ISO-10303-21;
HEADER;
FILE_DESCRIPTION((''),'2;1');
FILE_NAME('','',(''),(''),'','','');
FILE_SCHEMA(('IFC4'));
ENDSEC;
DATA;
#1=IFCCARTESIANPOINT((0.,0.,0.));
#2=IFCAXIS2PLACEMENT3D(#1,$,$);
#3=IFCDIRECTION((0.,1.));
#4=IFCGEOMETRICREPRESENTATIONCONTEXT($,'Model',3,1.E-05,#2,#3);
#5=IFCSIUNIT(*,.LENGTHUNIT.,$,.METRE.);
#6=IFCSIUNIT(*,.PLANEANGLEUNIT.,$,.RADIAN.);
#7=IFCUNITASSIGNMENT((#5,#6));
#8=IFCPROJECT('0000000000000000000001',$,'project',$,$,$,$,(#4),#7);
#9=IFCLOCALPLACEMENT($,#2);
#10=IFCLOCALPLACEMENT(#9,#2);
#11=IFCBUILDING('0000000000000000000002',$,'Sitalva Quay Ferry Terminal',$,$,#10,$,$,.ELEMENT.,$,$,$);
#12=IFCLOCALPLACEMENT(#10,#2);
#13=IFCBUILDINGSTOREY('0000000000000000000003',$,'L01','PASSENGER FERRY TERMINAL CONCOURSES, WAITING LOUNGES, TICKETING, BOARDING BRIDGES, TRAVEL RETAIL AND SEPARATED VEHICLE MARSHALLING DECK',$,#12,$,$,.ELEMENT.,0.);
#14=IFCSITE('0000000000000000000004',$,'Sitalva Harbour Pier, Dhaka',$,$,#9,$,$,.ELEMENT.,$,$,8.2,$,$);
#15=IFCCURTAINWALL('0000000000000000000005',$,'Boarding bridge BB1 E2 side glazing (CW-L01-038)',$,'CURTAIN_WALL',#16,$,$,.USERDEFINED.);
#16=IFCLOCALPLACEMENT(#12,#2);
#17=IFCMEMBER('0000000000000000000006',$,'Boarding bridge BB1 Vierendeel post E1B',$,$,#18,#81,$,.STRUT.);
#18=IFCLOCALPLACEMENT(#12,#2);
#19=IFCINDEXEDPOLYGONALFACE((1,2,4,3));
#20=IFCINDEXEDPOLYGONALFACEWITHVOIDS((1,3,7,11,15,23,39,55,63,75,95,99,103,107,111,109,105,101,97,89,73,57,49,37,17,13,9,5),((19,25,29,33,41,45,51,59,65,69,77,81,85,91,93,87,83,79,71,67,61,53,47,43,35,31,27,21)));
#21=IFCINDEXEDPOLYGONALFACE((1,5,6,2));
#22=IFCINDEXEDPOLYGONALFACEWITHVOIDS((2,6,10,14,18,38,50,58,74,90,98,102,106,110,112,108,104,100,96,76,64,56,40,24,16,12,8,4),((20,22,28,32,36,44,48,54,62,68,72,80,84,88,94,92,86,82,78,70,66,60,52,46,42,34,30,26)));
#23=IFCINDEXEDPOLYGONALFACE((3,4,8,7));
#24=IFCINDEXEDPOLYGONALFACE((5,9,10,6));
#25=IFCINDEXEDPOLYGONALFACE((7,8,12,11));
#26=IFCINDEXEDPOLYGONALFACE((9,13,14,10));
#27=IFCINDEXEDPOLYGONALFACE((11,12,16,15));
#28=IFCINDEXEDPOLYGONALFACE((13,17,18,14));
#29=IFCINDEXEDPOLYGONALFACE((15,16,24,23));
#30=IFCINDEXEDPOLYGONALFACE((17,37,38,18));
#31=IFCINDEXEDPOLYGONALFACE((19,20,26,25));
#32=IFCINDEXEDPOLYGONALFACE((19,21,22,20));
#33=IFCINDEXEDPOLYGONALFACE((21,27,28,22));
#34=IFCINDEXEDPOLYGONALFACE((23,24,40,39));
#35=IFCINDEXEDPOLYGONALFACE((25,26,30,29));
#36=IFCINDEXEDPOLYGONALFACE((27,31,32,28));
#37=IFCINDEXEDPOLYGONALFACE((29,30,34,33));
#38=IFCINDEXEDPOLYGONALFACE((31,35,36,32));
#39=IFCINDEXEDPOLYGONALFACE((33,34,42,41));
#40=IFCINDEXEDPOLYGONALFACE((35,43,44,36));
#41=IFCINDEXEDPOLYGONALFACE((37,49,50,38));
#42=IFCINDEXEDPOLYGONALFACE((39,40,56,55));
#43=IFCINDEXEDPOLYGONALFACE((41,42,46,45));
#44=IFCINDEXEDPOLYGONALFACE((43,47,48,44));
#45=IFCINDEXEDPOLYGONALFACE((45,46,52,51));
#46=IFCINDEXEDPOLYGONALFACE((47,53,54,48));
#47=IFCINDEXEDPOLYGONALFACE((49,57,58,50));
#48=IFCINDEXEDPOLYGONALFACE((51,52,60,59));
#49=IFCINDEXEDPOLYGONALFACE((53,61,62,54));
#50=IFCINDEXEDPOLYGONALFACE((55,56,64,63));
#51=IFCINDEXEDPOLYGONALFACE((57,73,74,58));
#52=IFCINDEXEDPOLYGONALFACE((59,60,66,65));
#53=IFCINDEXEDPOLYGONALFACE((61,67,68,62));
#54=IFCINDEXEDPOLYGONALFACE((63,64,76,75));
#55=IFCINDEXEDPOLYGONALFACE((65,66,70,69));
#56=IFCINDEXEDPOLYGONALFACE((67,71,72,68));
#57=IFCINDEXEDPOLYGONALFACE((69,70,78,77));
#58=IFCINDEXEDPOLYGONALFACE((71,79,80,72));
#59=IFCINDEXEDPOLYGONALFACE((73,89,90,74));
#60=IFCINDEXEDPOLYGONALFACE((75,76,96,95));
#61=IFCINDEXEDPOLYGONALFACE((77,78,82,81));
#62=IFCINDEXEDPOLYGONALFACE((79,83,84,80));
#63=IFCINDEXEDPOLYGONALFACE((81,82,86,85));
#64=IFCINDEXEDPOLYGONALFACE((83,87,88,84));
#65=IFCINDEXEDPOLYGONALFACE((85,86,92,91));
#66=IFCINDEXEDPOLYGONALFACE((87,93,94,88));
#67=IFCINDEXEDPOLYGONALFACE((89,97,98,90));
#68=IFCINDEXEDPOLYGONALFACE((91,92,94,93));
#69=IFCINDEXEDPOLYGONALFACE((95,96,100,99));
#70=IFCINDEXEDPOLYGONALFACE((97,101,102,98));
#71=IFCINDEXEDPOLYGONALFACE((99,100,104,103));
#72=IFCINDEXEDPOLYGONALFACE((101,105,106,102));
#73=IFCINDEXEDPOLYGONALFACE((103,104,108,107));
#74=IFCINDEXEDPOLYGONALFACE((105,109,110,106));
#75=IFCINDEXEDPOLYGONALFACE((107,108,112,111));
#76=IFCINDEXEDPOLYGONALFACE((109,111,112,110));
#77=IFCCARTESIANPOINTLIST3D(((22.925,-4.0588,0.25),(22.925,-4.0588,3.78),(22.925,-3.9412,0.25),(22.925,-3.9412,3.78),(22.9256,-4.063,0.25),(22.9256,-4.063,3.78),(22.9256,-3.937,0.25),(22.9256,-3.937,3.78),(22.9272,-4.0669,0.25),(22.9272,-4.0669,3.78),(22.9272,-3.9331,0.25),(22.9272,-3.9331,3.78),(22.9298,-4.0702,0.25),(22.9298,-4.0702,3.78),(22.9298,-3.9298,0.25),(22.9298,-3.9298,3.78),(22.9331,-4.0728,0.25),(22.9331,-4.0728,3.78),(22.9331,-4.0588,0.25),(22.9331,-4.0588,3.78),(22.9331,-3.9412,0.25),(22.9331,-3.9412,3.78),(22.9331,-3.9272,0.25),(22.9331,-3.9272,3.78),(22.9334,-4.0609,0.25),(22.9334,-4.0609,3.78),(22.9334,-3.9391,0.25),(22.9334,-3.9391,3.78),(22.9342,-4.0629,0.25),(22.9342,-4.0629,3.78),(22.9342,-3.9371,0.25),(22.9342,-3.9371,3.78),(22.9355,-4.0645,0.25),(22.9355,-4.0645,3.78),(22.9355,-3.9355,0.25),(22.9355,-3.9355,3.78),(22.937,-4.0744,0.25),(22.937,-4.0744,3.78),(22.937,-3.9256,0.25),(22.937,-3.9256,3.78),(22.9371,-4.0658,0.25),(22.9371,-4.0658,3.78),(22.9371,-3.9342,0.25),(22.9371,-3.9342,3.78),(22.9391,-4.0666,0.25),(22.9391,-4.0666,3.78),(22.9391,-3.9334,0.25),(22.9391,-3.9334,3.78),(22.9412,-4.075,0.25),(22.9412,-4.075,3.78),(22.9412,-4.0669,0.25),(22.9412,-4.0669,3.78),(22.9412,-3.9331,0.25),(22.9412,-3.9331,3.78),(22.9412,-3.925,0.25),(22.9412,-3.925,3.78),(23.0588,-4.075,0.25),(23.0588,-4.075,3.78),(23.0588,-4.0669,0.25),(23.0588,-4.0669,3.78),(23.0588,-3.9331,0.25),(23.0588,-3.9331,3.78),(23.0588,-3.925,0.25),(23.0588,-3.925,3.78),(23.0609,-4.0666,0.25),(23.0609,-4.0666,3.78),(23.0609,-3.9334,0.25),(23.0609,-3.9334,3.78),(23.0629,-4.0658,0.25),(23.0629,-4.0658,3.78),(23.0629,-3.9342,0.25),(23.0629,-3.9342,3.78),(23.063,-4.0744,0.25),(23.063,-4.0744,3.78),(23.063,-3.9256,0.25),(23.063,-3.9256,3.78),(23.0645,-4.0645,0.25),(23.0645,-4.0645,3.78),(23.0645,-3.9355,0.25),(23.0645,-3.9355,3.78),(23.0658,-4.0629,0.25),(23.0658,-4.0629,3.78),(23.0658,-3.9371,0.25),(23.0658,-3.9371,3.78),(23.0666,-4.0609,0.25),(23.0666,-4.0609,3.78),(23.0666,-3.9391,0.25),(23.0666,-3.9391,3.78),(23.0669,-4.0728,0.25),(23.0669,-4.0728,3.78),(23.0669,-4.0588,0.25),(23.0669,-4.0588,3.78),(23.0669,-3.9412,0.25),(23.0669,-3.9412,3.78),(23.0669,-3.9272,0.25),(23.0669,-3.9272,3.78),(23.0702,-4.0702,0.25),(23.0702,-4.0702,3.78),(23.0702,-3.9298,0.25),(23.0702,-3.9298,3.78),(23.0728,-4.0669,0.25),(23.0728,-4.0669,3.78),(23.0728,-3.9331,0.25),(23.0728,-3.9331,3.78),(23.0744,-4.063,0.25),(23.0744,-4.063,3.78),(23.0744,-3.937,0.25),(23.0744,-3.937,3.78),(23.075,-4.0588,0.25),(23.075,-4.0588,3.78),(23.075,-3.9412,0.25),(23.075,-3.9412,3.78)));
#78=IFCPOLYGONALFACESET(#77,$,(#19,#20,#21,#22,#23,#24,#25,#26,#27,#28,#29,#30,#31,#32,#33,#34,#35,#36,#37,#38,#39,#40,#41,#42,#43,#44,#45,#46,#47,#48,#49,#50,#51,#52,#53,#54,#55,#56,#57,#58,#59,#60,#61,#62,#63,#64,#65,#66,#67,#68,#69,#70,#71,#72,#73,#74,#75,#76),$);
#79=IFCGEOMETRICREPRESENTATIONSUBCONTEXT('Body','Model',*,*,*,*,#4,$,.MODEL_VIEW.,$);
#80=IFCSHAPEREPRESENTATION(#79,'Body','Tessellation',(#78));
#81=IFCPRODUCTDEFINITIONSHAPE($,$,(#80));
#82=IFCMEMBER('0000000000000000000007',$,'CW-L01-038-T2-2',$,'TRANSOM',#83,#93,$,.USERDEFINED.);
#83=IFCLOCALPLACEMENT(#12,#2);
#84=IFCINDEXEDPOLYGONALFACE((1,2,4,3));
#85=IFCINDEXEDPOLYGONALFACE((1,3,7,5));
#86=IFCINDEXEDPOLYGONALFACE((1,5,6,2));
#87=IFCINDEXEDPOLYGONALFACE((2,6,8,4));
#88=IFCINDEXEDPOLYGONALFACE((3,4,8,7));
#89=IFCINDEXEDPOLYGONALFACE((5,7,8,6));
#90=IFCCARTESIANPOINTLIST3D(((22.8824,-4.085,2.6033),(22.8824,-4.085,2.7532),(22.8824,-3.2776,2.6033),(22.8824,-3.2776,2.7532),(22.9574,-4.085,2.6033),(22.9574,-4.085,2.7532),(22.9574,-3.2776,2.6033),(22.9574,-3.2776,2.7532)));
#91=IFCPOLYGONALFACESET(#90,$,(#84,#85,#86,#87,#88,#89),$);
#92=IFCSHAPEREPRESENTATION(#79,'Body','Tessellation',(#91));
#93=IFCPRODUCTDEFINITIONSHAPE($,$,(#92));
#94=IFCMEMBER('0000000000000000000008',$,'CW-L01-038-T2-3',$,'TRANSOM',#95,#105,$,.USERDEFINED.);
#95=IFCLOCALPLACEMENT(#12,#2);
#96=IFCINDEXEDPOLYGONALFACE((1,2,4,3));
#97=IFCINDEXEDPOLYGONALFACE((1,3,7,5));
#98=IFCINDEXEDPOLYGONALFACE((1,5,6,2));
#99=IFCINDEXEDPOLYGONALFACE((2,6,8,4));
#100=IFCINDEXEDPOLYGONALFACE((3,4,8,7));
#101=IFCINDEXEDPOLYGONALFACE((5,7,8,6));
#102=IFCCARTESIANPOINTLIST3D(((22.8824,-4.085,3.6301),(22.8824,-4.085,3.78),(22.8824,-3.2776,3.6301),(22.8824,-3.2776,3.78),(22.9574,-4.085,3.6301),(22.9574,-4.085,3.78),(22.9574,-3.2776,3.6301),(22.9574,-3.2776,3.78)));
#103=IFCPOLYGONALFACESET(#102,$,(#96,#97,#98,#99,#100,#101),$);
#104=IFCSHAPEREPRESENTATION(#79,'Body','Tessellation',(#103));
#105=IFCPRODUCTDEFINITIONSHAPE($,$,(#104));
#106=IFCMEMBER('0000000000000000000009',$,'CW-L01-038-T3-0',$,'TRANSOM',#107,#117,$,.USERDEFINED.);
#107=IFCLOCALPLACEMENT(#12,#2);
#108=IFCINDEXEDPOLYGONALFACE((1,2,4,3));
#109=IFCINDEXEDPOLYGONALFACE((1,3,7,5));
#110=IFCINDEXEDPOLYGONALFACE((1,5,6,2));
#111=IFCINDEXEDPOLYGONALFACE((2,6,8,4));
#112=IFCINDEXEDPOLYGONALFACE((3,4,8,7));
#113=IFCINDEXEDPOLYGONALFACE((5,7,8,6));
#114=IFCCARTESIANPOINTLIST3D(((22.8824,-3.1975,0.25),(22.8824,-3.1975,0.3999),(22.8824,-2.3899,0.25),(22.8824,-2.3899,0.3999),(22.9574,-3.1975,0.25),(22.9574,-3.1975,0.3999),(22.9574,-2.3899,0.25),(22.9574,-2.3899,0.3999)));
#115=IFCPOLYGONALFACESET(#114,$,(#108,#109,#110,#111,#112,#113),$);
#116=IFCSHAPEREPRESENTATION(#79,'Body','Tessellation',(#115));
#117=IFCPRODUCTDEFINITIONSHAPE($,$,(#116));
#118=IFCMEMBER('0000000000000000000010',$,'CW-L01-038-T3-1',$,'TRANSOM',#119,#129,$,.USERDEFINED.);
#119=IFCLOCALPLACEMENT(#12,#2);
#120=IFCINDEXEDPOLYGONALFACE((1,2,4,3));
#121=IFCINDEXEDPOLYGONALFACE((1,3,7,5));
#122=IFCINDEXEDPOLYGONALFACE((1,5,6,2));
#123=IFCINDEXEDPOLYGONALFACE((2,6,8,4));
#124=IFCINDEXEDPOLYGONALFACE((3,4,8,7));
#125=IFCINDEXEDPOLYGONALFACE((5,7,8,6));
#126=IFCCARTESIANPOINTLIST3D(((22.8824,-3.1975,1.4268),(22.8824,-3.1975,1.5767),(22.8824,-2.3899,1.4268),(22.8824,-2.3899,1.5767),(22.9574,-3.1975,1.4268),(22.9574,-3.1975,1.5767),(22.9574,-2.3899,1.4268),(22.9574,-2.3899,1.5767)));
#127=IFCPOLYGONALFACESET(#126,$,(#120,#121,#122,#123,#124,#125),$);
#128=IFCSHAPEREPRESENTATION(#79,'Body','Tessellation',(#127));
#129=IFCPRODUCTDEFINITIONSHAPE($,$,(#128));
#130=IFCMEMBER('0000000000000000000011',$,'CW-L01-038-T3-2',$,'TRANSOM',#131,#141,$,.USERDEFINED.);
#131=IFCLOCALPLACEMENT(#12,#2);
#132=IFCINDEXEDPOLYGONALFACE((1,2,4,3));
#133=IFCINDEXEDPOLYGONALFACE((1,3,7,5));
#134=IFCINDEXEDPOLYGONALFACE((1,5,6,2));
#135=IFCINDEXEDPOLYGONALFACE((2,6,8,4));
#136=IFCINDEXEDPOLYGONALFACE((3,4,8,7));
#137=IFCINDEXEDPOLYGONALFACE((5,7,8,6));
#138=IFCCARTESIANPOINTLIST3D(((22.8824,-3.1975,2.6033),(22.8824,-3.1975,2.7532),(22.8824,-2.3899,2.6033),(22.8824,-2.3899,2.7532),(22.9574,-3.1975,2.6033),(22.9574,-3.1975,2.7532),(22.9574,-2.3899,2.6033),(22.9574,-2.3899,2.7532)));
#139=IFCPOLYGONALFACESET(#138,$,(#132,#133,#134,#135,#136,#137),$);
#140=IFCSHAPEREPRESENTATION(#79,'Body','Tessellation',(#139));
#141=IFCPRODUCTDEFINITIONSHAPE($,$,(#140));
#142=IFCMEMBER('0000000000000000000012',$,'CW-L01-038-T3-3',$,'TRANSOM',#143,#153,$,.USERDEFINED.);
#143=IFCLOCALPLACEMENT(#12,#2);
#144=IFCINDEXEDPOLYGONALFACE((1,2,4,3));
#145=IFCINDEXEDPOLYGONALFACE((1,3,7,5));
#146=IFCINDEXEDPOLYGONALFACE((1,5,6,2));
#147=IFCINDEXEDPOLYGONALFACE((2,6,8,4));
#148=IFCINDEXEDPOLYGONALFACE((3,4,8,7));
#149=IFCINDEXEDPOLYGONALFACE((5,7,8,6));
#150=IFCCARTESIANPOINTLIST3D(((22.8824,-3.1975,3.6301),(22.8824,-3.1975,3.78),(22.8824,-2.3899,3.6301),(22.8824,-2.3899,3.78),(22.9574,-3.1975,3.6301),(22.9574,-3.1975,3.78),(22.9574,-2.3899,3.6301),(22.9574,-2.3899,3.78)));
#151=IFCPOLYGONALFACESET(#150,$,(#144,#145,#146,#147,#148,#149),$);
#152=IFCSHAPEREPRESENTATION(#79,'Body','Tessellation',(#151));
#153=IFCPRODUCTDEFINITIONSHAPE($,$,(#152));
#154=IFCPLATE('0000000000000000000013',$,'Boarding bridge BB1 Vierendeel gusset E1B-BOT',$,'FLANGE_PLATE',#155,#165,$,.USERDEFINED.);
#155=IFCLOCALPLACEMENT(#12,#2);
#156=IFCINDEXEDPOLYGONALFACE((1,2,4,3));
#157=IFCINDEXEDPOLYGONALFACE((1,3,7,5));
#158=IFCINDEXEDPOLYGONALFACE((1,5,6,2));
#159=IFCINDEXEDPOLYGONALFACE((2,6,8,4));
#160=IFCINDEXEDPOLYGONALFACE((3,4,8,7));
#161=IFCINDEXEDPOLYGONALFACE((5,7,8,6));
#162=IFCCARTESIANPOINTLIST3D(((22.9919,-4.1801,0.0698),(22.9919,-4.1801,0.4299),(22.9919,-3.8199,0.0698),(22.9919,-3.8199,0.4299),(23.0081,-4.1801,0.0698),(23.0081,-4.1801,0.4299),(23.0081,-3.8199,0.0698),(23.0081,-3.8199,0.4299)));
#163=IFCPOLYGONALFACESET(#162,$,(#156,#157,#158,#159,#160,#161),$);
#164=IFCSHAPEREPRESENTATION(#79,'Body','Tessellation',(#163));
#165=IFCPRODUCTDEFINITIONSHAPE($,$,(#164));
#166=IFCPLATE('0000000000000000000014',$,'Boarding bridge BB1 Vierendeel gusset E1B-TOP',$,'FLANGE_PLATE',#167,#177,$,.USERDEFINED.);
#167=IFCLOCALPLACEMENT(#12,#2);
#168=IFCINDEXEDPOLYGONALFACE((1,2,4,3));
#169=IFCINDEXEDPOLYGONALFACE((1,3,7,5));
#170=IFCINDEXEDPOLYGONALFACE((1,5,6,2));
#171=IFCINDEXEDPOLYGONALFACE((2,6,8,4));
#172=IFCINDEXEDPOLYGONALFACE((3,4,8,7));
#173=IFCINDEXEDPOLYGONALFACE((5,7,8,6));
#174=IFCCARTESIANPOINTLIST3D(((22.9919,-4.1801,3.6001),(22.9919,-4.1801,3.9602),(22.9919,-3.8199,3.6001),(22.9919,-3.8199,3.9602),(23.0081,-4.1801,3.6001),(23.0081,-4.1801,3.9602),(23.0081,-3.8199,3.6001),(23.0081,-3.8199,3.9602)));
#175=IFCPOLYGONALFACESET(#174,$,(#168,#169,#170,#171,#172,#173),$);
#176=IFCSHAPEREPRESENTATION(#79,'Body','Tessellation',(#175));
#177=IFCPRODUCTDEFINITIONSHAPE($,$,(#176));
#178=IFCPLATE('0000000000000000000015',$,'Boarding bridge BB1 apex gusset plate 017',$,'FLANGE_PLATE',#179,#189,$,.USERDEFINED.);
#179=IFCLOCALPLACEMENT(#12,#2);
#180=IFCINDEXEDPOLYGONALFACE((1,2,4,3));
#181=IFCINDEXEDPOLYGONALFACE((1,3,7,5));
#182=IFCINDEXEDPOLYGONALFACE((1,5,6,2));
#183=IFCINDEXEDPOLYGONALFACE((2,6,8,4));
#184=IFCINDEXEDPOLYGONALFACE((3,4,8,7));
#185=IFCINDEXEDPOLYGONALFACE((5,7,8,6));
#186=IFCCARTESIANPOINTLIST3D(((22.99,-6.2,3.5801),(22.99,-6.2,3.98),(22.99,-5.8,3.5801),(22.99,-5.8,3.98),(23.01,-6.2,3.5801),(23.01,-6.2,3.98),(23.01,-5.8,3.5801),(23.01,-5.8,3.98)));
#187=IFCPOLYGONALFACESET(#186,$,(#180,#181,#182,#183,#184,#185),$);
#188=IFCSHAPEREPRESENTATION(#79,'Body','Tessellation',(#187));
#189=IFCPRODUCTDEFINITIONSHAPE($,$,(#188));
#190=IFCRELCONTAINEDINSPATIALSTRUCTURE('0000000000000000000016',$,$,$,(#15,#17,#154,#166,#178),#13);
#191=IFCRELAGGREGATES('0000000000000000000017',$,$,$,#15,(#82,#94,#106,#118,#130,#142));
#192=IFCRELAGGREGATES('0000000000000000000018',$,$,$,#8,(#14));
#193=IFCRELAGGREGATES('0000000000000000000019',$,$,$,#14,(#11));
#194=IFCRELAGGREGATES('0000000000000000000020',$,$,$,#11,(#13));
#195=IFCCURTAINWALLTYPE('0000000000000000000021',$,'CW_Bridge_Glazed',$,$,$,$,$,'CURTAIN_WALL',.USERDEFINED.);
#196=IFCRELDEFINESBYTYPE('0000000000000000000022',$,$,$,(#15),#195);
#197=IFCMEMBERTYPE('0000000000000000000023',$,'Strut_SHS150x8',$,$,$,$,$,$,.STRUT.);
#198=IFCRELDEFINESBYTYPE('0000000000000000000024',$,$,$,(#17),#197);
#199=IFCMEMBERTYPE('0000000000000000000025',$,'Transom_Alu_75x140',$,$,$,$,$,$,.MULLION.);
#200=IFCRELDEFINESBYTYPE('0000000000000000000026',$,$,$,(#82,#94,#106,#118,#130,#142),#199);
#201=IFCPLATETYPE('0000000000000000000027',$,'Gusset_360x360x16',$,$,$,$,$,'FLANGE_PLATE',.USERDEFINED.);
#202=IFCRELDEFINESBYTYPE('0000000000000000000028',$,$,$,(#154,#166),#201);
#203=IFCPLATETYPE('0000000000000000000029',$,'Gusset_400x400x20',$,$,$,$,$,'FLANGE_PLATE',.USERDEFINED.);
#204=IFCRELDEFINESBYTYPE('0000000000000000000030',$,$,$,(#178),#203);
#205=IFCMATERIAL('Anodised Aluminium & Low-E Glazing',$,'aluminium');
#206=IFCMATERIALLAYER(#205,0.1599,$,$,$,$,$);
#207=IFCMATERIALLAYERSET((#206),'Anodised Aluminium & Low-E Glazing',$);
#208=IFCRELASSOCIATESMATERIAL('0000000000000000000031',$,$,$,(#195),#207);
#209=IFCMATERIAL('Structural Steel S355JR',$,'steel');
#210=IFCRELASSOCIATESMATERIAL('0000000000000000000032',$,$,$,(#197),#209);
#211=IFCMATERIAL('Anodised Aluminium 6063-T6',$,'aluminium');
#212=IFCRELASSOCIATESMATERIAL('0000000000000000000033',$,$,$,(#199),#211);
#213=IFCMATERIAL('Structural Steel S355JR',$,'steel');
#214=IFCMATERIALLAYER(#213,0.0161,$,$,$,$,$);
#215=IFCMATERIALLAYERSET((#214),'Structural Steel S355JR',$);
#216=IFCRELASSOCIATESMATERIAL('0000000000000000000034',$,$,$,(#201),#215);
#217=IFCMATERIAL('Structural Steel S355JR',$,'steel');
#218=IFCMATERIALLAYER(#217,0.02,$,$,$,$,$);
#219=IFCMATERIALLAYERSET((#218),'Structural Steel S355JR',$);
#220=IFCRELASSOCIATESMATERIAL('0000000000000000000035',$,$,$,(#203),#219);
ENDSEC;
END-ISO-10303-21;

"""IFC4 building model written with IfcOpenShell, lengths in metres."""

from ifc_helpers import new_model, si_unit, direction, frame, origin, origin_2d, place, context, subcontext, project, spatial, rectangle, hollow_rectangle, extrude, material, layer, layer_set, material_profile, profile_set, type_object, element, aggregate, save


model = new_model("IFC4")

# Units and contexts
model_context = context("Model", 3, precision=1e-05, world=origin(), true_north=direction((0.0, 1.0)))
body_context = subcontext(model_context, "Body", "Model", "MODEL_VIEW")
ifc_project = project(units=[si_unit("LENGTHUNIT", "METRE"), si_unit("PLANEANGLEUNIT", "RADIAN")], contexts=[model_context])

# Site, building, storey
site_placement = place(None, origin())
site = spatial("IfcSite", under=ifc_project, at=site_placement, Name="Sitalva Harbour Pier, Dhaka", CompositionType="ELEMENT", RefElevation=8.2)
building_placement = place(site_placement, origin())
building = spatial("IfcBuilding", under=site, at=building_placement, Name="Sitalva Quay Ferry Terminal", CompositionType="ELEMENT")
storey_placement = place(building_placement, origin())
storey = spatial("IfcBuildingStorey", under=building, at=storey_placement, Name="L01", Description="PASSENGER FERRY TERMINAL CONCOURSES, WAITING LOUNGES, TICKETING, BOARDING BRIDGES, TRAVEL RETAIL AND SEPARATED VEHICLE MARSHALLING DECK", CompositionType="ELEMENT", Elevation=0.0)

# Curtain wall
ifc_material_1 = material(Name="Anodised Aluminium & Low-E Glazing", Category="aluminium")
ifc_layer_1 = layer(ifc_material_1, 0.1599)
ifc_layer_set_1 = layer_set([ifc_layer_1], Name="Anodised Aluminium & Low-E Glazing")
curtain_wall_type = type_object("IfcCurtainWallType", Name="CW_Bridge_Glazed", ElementType="CURTAIN_WALL", PredefinedType="USERDEFINED", material=ifc_layer_set_1)
curtain_wall_placement = place(storey_placement, origin())
curtain_wall = element("IfcCurtainWall", 1, at=curtain_wall_placement, inside=storey, type_object=curtain_wall_type, Name="Boarding bridge BB1 E2 side glazing (CW-L01-038)", ObjectType="CURTAIN_WALL", PredefinedType="USERDEFINED")

# Members
ifc_material_2 = material(Name="Structural Steel S355JR", Category="steel")
ifc_material_profile_1 = material_profile(ifc_material_2, hollow_rectangle(XDim=0.1499, YDim=0.1499, WallThickness=0.0081, InnerFilletRadius=0.0081, OuterFilletRadius=0.0161, at=origin_2d()), Name="SHS150x150x8")
ifc_profile_set_1 = profile_set([ifc_material_profile_1], Name="Structural Steel S355JR")
member_type_1 = type_object("IfcMemberType", Name="Strut_SHS150x8", PredefinedType="STRUT", material=ifc_profile_set_1)
member_1_placement = place(storey_placement, frame((23.0, -4.0, 0.25), z_axis=(0.0, 0.0, 1.0), x_axis=(1.0, 0.0, 0.0)))
element("IfcMember", 2, at=member_1_placement, inside=storey, type_object=member_type_1, Name="Boarding bridge BB1 Vierendeel post E1B", PredefinedType="STRUT", context=body_context, shape_type="SweptSolid", body=[
    extrude(hollow_rectangle(XDim=0.1499, YDim=0.1499, WallThickness=0.0081, InnerFilletRadius=0.0081, OuterFilletRadius=0.0161, at=origin_2d()), origin(), (0.0, 0.0, 1.0), 3.53),
])
ifc_material_3 = material(Name="Anodised Aluminium 6063-T6", Category="aluminium")
ifc_material_profile_2 = material_profile(ifc_material_3, rectangle(XDim=0.075, YDim=0.1499, at=origin_2d()), Name="ALU75x150")
ifc_profile_set_2 = profile_set([ifc_material_profile_2], Name="Anodised Aluminium 6063-T6")
member_type_2 = type_object("IfcMemberType", Name="Transom_Alu_75x140", PredefinedType="MULLION", material=ifc_profile_set_2)
member_2_placement = place(storey_placement, frame((22.9199, -4.085, 2.6782), z_axis=(0.0, 1.0, 0.0), x_axis=(-1.0, 0.0, 0.0)))
member_2 = element("IfcMember", 3, at=member_2_placement, type_object=member_type_2, Name="CW-L01-038-T2-2", ObjectType="TRANSOM", PredefinedType="USERDEFINED", context=body_context, shape_type="SweptSolid", body=[
    extrude(rectangle(XDim=0.075, YDim=0.1499, at=origin_2d()), origin(), (0.0, 0.0, 1.0), 0.8074),
])
member_3_placement = place(storey_placement, frame((22.9199, -4.085, 3.7051), z_axis=(0.0, 1.0, 0.0), x_axis=(-1.0, 0.0, 0.0)))
member_3 = element("IfcMember", 4, at=member_3_placement, type_object=member_type_2, Name="CW-L01-038-T2-3", ObjectType="TRANSOM", PredefinedType="USERDEFINED", context=body_context, shape_type="SweptSolid", body=[
    extrude(rectangle(XDim=0.075, YDim=0.1499, at=origin_2d()), origin(), (0.0, 0.0, 1.0), 0.8074),
])
member_4_placement = place(storey_placement, frame((22.9199, -3.1975, 0.325), z_axis=(0.0, 1.0, 0.0), x_axis=(-1.0, 0.0, 0.0)))
member_4 = element("IfcMember", 5, at=member_4_placement, type_object=member_type_2, Name="CW-L01-038-T3-0", ObjectType="TRANSOM", PredefinedType="USERDEFINED", context=body_context, shape_type="SweptSolid", body=[
    extrude(rectangle(XDim=0.075, YDim=0.1499, at=origin_2d()), origin(), (0.0, 0.0, 1.0), 0.8076),
])
member_5_placement = place(storey_placement, frame((22.9199, -3.1975, 1.5017), z_axis=(0.0, 1.0, 0.0), x_axis=(-1.0, 0.0, 0.0)))
member_5 = element("IfcMember", 6, at=member_5_placement, type_object=member_type_2, Name="CW-L01-038-T3-1", ObjectType="TRANSOM", PredefinedType="USERDEFINED", context=body_context, shape_type="SweptSolid", body=[
    extrude(rectangle(XDim=0.075, YDim=0.1499, at=origin_2d()), origin(), (0.0, 0.0, 1.0), 0.8076),
])
member_6_placement = place(storey_placement, frame((22.9199, -3.1975, 2.6782), z_axis=(0.0, 1.0, 0.0), x_axis=(-1.0, 0.0, 0.0)))
member_6 = element("IfcMember", 7, at=member_6_placement, type_object=member_type_2, Name="CW-L01-038-T3-2", ObjectType="TRANSOM", PredefinedType="USERDEFINED", context=body_context, shape_type="SweptSolid", body=[
    extrude(rectangle(XDim=0.075, YDim=0.1499, at=origin_2d()), origin(), (0.0, 0.0, 1.0), 0.8076),
])
member_7_placement = place(storey_placement, frame((22.9199, -3.1975, 3.7051), z_axis=(0.0, 1.0, 0.0), x_axis=(-1.0, 0.0, 0.0)))
member_7 = element("IfcMember", 8, at=member_7_placement, type_object=member_type_2, Name="CW-L01-038-T3-3", ObjectType="TRANSOM", PredefinedType="USERDEFINED", context=body_context, shape_type="SweptSolid", body=[
    extrude(rectangle(XDim=0.075, YDim=0.1499, at=origin_2d()), origin(), (0.0, 0.0, 1.0), 0.8076),
])

# Plates
ifc_material_4 = material(Name="Structural Steel S355JR", Category="steel")
ifc_layer_2 = layer(ifc_material_4, 0.0161)
ifc_layer_set_2 = layer_set([ifc_layer_2], Name="Structural Steel S355JR")
plate_type_1 = type_object("IfcPlateType", Name="Gusset_360x360x16", ElementType="FLANGE_PLATE", PredefinedType="USERDEFINED", material=ifc_layer_set_2)
for number, where, z_axis, x_axis, name in (
    (9, (23.0, -4.0, 0.0698), (0.0, 0.0, 1.0), (1.0, 0.0, 0.0), "Boarding bridge BB1 Vierendeel gusset E1B-BOT"),
    (10, (23.0, -4.0, 3.6001), (0.0, 0.0, 1.0), (1.0, 0.0, 0.0), "Boarding bridge BB1 Vierendeel gusset E1B-TOP"),
):
    element("IfcPlate", number, at=place(storey_placement, frame(where, z_axis=z_axis, x_axis=x_axis)), inside=storey, type_object=plate_type_1, Name=name, ObjectType="FLANGE_PLATE", PredefinedType="USERDEFINED", context=body_context, shape_type="SweptSolid", body=[
        extrude(rectangle(XDim=0.0161, YDim=0.3601, at=origin_2d()), origin(), (0.0, 0.0, 1.0), 0.3601),
    ])
ifc_material_5 = material(Name="Structural Steel S355JR", Category="steel")
ifc_layer_3 = layer(ifc_material_5, 0.02)
ifc_layer_set_3 = layer_set([ifc_layer_3], Name="Structural Steel S355JR")
plate_type_2 = type_object("IfcPlateType", Name="Gusset_400x400x20", ElementType="FLANGE_PLATE", PredefinedType="USERDEFINED", material=ifc_layer_set_3)
plate_1_placement = place(storey_placement, frame((23.0, -6.0, 3.5801), z_axis=(0.0, 0.0, 1.0), x_axis=(1.0, 0.0, 0.0)))
element("IfcPlate", 11, at=plate_1_placement, inside=storey, type_object=plate_type_2, Name="Boarding bridge BB1 apex gusset plate 017", ObjectType="FLANGE_PLATE", PredefinedType="USERDEFINED", context=body_context, shape_type="SweptSolid", body=[
    extrude(rectangle(XDim=0.02, YDim=0.3999, at=origin_2d()), origin(), (0.0, 0.0, 1.0), 0.3999),
])

aggregate(curtain_wall, [member_2, member_3, member_4, member_5, member_6, member_7])

save(model, "model.ifc")
